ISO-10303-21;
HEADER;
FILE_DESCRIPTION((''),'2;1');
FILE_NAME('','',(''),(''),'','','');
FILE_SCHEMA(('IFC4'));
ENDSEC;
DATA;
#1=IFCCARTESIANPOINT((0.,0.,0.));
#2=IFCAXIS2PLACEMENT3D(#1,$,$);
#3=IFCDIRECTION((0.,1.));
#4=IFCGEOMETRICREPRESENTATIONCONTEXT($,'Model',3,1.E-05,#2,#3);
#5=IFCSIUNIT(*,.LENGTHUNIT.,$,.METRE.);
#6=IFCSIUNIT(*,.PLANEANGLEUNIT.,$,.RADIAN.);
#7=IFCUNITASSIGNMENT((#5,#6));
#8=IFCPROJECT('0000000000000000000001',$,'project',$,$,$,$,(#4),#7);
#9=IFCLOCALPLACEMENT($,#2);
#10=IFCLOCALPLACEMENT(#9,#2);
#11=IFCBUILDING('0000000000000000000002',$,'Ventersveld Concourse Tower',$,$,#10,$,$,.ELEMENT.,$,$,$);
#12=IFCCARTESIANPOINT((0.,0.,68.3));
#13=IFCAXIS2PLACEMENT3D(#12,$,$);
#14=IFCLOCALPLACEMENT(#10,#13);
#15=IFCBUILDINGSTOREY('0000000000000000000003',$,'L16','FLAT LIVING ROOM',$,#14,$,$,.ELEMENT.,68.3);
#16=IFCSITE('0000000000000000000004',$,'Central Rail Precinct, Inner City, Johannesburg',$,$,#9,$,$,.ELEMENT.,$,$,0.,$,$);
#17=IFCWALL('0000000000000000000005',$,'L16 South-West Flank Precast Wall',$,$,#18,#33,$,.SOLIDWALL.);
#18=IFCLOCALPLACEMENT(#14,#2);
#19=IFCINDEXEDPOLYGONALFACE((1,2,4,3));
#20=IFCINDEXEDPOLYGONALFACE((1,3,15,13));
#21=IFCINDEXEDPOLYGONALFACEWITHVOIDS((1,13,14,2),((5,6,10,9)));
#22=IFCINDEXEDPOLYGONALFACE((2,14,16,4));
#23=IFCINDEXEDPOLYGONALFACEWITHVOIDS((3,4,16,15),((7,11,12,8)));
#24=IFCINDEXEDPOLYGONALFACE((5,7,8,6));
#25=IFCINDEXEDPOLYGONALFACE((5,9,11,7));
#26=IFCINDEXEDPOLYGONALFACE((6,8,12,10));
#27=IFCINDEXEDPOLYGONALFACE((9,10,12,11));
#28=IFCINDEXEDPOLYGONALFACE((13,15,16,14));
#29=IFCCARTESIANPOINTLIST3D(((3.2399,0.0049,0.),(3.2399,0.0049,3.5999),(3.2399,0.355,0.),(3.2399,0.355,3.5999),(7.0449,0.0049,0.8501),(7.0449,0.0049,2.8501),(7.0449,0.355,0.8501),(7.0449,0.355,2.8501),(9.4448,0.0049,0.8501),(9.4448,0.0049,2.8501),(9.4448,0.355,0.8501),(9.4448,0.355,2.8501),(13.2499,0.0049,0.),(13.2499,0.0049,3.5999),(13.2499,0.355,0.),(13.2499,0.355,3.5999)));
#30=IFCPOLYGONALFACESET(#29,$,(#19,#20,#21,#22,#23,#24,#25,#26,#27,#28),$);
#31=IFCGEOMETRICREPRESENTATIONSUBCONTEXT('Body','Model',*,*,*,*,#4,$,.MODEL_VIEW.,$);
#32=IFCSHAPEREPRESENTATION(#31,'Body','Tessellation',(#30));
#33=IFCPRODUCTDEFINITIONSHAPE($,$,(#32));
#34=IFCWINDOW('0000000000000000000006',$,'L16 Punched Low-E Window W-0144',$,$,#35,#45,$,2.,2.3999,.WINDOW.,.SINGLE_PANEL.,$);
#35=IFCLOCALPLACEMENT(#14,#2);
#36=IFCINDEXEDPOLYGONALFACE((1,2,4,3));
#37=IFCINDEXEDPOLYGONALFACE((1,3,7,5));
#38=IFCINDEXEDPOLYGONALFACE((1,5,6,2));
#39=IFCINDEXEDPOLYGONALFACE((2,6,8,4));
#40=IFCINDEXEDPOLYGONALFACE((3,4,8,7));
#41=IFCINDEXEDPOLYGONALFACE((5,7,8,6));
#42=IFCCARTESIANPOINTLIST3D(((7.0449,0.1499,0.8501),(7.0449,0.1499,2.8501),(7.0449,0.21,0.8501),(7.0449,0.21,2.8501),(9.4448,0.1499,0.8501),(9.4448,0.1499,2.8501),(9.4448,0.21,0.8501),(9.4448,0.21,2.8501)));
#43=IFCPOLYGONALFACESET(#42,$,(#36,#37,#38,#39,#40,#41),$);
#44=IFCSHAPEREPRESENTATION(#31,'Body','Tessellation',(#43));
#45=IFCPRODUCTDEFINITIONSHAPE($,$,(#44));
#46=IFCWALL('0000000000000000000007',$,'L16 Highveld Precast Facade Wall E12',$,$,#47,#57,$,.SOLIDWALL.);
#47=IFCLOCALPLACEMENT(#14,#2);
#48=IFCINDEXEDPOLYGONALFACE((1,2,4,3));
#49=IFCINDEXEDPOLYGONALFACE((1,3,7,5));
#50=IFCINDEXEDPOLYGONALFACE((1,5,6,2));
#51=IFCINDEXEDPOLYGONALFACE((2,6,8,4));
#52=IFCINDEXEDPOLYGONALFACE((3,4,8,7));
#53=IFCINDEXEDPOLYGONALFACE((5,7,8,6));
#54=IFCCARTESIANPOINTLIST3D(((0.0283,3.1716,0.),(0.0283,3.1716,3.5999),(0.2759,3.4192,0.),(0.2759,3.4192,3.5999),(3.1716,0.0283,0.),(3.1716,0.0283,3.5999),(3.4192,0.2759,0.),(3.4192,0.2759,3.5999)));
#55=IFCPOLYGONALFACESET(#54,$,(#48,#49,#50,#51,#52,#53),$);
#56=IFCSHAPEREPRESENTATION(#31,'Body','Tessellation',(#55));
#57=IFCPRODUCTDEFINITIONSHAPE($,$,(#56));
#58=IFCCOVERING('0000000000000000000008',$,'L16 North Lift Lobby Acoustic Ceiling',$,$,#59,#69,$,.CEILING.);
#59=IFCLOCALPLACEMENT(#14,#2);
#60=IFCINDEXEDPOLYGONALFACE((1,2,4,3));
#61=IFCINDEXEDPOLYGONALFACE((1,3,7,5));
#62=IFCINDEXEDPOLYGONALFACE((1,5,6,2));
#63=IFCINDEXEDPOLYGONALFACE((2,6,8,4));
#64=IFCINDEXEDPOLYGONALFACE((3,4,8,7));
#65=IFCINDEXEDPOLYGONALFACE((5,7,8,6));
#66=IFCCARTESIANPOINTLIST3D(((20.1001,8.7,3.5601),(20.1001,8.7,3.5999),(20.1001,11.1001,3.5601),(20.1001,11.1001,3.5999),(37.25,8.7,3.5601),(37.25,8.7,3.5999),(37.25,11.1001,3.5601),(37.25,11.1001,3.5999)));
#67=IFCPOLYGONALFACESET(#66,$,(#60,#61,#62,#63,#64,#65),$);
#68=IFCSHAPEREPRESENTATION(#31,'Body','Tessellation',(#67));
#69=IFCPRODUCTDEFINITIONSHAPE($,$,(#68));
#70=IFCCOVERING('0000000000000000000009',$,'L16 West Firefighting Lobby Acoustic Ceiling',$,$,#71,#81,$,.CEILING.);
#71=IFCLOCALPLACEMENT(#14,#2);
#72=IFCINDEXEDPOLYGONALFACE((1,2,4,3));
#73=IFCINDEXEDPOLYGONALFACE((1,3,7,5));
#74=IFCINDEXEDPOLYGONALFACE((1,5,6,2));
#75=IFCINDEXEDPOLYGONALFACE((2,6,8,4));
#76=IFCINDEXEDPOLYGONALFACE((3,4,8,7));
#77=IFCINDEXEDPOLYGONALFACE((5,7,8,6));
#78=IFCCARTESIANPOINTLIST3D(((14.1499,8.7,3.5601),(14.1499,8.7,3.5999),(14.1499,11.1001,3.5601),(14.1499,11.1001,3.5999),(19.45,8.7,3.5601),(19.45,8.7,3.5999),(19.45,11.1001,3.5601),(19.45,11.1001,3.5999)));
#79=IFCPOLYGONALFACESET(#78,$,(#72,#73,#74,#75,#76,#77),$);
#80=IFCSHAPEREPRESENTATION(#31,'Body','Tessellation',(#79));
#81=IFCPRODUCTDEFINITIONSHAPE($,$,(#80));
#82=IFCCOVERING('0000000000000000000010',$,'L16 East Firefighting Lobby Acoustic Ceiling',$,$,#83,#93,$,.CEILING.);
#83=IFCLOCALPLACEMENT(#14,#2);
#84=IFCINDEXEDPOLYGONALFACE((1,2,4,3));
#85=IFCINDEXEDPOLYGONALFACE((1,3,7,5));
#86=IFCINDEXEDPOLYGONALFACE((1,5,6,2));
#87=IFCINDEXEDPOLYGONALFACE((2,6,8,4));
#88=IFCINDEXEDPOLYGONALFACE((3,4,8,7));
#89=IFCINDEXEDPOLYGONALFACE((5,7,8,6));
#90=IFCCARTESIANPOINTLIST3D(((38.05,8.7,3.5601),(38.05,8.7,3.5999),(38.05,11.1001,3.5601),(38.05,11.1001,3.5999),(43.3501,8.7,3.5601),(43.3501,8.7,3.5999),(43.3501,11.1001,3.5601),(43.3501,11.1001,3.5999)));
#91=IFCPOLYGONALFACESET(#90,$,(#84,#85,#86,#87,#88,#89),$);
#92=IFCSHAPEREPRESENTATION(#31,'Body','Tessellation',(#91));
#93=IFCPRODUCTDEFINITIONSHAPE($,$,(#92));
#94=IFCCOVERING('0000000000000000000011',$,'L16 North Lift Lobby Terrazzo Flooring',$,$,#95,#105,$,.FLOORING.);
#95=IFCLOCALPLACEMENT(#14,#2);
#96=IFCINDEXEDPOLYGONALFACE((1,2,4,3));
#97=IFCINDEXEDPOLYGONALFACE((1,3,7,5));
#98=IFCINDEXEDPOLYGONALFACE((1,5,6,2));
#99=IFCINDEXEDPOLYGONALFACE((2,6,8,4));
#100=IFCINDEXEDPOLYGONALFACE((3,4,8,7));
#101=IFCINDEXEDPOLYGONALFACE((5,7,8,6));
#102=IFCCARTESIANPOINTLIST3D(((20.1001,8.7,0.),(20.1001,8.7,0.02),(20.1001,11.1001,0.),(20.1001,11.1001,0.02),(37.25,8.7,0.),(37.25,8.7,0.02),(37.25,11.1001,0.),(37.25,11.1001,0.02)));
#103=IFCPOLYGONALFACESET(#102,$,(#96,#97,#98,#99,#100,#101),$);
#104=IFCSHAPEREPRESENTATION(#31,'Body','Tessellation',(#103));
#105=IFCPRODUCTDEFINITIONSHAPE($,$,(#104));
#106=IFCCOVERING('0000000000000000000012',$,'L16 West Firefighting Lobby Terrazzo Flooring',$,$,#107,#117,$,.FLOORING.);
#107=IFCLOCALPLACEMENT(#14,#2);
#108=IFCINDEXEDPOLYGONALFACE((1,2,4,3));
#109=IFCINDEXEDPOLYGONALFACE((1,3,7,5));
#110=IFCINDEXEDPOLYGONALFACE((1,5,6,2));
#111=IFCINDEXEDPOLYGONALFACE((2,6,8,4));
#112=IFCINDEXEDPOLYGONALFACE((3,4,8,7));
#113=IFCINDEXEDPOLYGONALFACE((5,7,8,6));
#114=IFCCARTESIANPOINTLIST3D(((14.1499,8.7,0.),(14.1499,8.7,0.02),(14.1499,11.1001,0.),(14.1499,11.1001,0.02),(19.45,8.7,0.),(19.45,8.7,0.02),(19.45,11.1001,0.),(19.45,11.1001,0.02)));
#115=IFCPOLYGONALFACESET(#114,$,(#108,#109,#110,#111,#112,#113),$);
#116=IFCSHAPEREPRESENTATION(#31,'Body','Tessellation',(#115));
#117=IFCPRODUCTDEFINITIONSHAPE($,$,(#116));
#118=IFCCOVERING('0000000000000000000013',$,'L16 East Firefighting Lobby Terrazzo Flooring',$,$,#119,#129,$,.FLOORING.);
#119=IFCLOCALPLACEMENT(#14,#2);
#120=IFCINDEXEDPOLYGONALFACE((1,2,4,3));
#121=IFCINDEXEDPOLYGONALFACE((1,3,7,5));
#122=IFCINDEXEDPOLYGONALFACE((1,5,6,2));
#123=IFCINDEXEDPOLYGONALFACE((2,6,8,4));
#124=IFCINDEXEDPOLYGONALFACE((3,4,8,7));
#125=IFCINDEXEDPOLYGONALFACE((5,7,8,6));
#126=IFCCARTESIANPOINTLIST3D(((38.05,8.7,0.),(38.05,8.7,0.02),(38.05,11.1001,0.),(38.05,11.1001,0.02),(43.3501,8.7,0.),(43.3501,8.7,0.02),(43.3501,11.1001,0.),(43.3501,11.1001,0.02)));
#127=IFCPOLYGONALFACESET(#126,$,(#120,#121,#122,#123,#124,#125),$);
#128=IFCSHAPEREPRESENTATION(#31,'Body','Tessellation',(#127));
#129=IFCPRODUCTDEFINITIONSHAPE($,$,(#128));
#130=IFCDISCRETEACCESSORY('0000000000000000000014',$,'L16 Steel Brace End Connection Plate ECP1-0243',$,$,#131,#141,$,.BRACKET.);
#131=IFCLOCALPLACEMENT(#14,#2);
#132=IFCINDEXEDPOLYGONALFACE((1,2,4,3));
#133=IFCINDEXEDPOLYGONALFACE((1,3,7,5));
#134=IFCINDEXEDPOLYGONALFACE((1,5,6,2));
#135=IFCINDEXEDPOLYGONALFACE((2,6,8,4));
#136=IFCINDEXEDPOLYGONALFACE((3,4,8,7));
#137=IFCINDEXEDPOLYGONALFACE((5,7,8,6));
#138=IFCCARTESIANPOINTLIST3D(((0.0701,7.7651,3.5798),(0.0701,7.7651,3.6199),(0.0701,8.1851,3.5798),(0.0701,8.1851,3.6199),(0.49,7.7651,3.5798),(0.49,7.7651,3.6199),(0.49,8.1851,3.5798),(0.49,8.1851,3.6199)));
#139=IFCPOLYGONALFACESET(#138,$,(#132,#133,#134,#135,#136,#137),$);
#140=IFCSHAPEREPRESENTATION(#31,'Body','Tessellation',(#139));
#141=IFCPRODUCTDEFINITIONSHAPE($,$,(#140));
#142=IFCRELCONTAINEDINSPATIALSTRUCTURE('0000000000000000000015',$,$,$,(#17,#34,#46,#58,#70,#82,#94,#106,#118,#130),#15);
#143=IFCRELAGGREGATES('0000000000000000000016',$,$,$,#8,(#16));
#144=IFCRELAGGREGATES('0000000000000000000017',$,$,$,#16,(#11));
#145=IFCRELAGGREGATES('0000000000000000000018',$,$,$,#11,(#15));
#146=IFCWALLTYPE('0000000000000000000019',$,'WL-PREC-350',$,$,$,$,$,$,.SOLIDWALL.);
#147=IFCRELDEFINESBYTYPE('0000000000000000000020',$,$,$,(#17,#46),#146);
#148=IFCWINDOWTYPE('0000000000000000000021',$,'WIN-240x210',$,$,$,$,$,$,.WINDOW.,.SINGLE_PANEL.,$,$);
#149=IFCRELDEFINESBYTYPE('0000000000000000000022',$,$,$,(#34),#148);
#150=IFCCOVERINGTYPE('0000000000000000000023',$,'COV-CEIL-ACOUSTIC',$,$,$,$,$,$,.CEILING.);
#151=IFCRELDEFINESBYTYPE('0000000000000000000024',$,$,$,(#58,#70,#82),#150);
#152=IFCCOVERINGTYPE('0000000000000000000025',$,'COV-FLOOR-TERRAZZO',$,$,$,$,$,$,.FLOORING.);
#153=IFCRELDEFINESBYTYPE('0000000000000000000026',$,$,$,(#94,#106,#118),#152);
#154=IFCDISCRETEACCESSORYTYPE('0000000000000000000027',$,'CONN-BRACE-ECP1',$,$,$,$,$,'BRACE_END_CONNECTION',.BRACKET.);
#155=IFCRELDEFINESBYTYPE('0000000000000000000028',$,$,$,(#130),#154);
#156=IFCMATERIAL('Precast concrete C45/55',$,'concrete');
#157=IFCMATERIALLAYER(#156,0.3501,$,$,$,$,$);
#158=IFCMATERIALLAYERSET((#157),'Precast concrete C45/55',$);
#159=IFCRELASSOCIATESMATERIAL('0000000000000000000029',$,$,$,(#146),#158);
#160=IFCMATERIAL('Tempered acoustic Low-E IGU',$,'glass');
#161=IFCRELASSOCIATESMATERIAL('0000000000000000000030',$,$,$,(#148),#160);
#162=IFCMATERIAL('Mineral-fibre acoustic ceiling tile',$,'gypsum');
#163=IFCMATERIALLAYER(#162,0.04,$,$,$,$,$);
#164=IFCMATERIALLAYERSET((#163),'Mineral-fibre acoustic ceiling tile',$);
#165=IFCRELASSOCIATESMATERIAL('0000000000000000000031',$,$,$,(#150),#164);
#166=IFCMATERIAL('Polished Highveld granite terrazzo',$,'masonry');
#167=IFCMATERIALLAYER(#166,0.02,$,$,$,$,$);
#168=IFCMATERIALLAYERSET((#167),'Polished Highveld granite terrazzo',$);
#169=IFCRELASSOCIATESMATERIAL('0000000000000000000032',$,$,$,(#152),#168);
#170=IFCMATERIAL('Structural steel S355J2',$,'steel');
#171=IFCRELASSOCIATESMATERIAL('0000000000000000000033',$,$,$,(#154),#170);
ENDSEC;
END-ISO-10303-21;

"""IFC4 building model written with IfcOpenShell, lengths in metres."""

from ifc_helpers import new_model, si_unit, direction, frame, frame_2d, origin, origin_2d, place, context, subcontext, project, spatial, polyline, rectangle, outline, extrude, material, layer, layer_set, type_object, element, fill, save


model = new_model("IFC4")

# Units and contexts
model_context = context("Model", 3, precision=1e-05, world=origin(), true_north=direction((0.0, 1.0)))
body_context = subcontext(model_context, "Body", "Model", "MODEL_VIEW")
ifc_project = project(units=[si_unit("LENGTHUNIT", "METRE"), si_unit("PLANEANGLEUNIT", "RADIAN")], contexts=[model_context])

# Site, building, storey
site_placement = place(None, origin())
site = spatial("IfcSite", under=ifc_project, at=site_placement, Name="Central Rail Precinct, Inner City, Johannesburg", CompositionType="ELEMENT", RefElevation=0.0)
building_placement = place(site_placement, origin())
building = spatial("IfcBuilding", under=site, at=building_placement, Name="Ventersveld Concourse Tower", CompositionType="ELEMENT")
storey_placement = place(building_placement, frame((0.0, 0.0, 68.3)))
storey = spatial("IfcBuildingStorey", under=building, at=storey_placement, Name="L16", Description="FLAT LIVING ROOM", CompositionType="ELEMENT", Elevation=68.3)

# Shared definitions
ifc_material_1 = material(Name="Structural steel S355J2", Category="steel")

# Wall, opening, window
ifc_material_2 = material(Name="Precast concrete C45/55", Category="concrete")
ifc_layer_1 = layer(ifc_material_2, 0.3501)
ifc_layer_set_1 = layer_set([ifc_layer_1], Name="Precast concrete C45/55")
wall_type_1 = type_object("IfcWallType", Name="WL-PREC-350", PredefinedType="SOLIDWALL", material=ifc_layer_set_1)
wall_1_placement = place(storey_placement, frame((3.24, 0.1799, 0.0), z_axis=(0.0, 0.0, 1.0), x_axis=(1.0, 0.0, 0.0)))
wall_1 = element("IfcWall", 1, at=wall_1_placement, inside=storey, type_object=wall_type_1, Name="L16 South-West Flank Precast Wall", PredefinedType="SOLIDWALL", context=body_context, shape_type="SweptSolid", body=[
    extrude(rectangle(XDim=10.01, YDim=0.3501, at=frame_2d((5.0049, 0.0))), origin(), (0.0, 0.0, 1.0), 3.5999),
])
opening_placement = place(wall_1_placement, frame((3.8049, 0.0, 0.8501)))
opening = element("IfcOpeningElement", 2, at=opening_placement, cuts=wall_1, PredefinedType="OPENING", context=body_context, shape_type="SweptSolid", body=[
    extrude(rectangle(XDim=2.3999, YDim=2.0, at=frame_2d((1.2, 1.0))), frame((0.0, 0.1851, 0.0), z_axis=(0.0, -1.0, 0.0), x_axis=(1.0, 0.0, 0.0)), (0.0, 0.0, 1.0), 0.3701),
])
ifc_material_3 = material(Name="Tempered acoustic Low-E IGU", Category="glass")
window_type = type_object("IfcWindowType", Name="WIN-240x210", PartitioningType="SINGLE_PANEL", PredefinedType="WINDOW", material=ifc_material_3)
window_placement = place(opening_placement, origin())
window = element("IfcWindow", 3, at=window_placement, inside=storey, type_object=window_type, Name="L16 Punched Low-E Window W-0144", OverallHeight=2.0, OverallWidth=2.3999, PartitioningType="SINGLE_PANEL", PredefinedType="WINDOW", context=body_context, shape_type="SweptSolid", body=[
    extrude(rectangle(XDim=2.3999, YDim=2.0, at=frame_2d((1.2, 1.0))), frame((0.0, 0.03, 0.0), z_axis=(0.0, -1.0, 0.0), x_axis=(1.0, 0.0, 0.0)), (0.0, 0.0, 1.0), 0.0601),
])
fill(opening, window)

# Wall
wall_2_placement = place(storey_placement, frame((0.1521, 3.2954, 0.0), z_axis=(0.0, 0.0, 1.0), x_axis=(0.707107, -0.707107, 0.0)))
element("IfcWall", 4, at=wall_2_placement, inside=storey, type_object=wall_type_1, Name="L16 Highveld Precast Facade Wall E12", PredefinedType="SOLIDWALL", context=body_context, shape_type="SweptSolid", body=[
    extrude(rectangle(XDim=4.4453, YDim=0.3501, at=frame_2d((2.2227, 0.0))), origin(), (0.0, 0.0, 1.0), 3.5999),
])

# Coverings
ifc_material_4 = material(Name="Mineral-fibre acoustic ceiling tile", Category="gypsum")
ifc_layer_2 = layer(ifc_material_4, 0.04)
ifc_layer_set_2 = layer_set([ifc_layer_2], Name="Mineral-fibre acoustic ceiling tile")
covering_type_1 = type_object("IfcCoveringType", Name="COV-CEIL-ACOUSTIC", PredefinedType="CEILING", material=ifc_layer_set_2)
covering_1_placement = place(storey_placement, frame((0.0, 0.0, 3.5601)))
element("IfcCovering", 5, at=covering_1_placement, inside=storey, type_object=covering_type_1, Name="L16 North Lift Lobby Acoustic Ceiling", PredefinedType="CEILING", context=body_context, shape_type="SweptSolid", body=[
    extrude(outline(polyline([(20.1001, 8.7), (37.25, 8.7), (37.25, 11.1001), (20.1001, 11.1001), (20.1001, 8.7)])), origin(), (0.0, 0.0, 1.0), 0.0398),
])
covering_2_placement = place(storey_placement, frame((0.0, 0.0, 3.5601)))
element("IfcCovering", 6, at=covering_2_placement, inside=storey, type_object=covering_type_1, Name="L16 West Firefighting Lobby Acoustic Ceiling", PredefinedType="CEILING", context=body_context, shape_type="SweptSolid", body=[
    extrude(outline(polyline([(14.1499, 8.7), (19.45, 8.7), (19.45, 11.1001), (14.1499, 11.1001), (14.1499, 8.7)])), origin(), (0.0, 0.0, 1.0), 0.0398),
])
covering_3_placement = place(storey_placement, frame((0.0, 0.0, 3.5601)))
element("IfcCovering", 7, at=covering_3_placement, inside=storey, type_object=covering_type_1, Name="L16 East Firefighting Lobby Acoustic Ceiling", PredefinedType="CEILING", context=body_context, shape_type="SweptSolid", body=[
    extrude(outline(polyline([(38.05, 8.7), (43.3501, 8.7), (43.3501, 11.1001), (38.05, 11.1001), (38.05, 8.7)])), origin(), (0.0, 0.0, 1.0), 0.0398),
])
ifc_material_5 = material(Name="Polished Highveld granite terrazzo", Category="masonry")
ifc_layer_3 = layer(ifc_material_5, 0.02)
ifc_layer_set_3 = layer_set([ifc_layer_3], Name="Polished Highveld granite terrazzo")
covering_type_2 = type_object("IfcCoveringType", Name="COV-FLOOR-TERRAZZO", PredefinedType="FLOORING", material=ifc_layer_set_3)
covering_4_placement = place(storey_placement, origin())
element("IfcCovering", 8, at=covering_4_placement, inside=storey, type_object=covering_type_2, Name="L16 North Lift Lobby Terrazzo Flooring", PredefinedType="FLOORING", context=body_context, shape_type="SweptSolid", body=[
    extrude(outline(polyline([(20.1001, 8.7), (37.25, 8.7), (37.25, 11.1001), (20.1001, 11.1001), (20.1001, 8.7)])), origin(), (0.0, 0.0, 1.0), 0.02),
])
covering_5_placement = place(storey_placement, origin())
element("IfcCovering", 9, at=covering_5_placement, inside=storey, type_object=covering_type_2, Name="L16 West Firefighting Lobby Terrazzo Flooring", PredefinedType="FLOORING", context=body_context, shape_type="SweptSolid", body=[
    extrude(outline(polyline([(14.1499, 8.7), (19.45, 8.7), (19.45, 11.1001), (14.1499, 11.1001), (14.1499, 8.7)])), origin(), (0.0, 0.0, 1.0), 0.02),
])
covering_6_placement = place(storey_placement, origin())
element("IfcCovering", 10, at=covering_6_placement, inside=storey, type_object=covering_type_2, Name="L16 East Firefighting Lobby Terrazzo Flooring", PredefinedType="FLOORING", context=body_context, shape_type="SweptSolid", body=[
    extrude(outline(polyline([(38.05, 8.7), (43.3501, 8.7), (43.3501, 11.1001), (38.05, 11.1001), (38.05, 8.7)])), origin(), (0.0, 0.0, 1.0), 0.02),
])

# Discrete accessory
discrete_accessory_type = type_object("IfcDiscreteAccessoryType", Name="CONN-BRACE-ECP1", ElementType="BRACE_END_CONNECTION", PredefinedType="BRACKET", material=ifc_material_1)
discrete_accessory_placement = place(storey_placement, frame((0.28, 7.9751, 3.5798), z_axis=(0.0, 0.0, 1.0), x_axis=(1.0, 0.0, 0.0)))
element("IfcDiscreteAccessory", 11, at=discrete_accessory_placement, inside=storey, type_object=discrete_accessory_type, Name="L16 Steel Brace End Connection Plate ECP1-0243", PredefinedType="BRACKET", context=body_context, shape_type="SweptSolid", body=[
    extrude(rectangle(XDim=0.4199, YDim=0.4199, at=origin_2d()), origin(), (0.0, 0.0, 1.0), 0.04),
])

save(model, "model.ifc")
